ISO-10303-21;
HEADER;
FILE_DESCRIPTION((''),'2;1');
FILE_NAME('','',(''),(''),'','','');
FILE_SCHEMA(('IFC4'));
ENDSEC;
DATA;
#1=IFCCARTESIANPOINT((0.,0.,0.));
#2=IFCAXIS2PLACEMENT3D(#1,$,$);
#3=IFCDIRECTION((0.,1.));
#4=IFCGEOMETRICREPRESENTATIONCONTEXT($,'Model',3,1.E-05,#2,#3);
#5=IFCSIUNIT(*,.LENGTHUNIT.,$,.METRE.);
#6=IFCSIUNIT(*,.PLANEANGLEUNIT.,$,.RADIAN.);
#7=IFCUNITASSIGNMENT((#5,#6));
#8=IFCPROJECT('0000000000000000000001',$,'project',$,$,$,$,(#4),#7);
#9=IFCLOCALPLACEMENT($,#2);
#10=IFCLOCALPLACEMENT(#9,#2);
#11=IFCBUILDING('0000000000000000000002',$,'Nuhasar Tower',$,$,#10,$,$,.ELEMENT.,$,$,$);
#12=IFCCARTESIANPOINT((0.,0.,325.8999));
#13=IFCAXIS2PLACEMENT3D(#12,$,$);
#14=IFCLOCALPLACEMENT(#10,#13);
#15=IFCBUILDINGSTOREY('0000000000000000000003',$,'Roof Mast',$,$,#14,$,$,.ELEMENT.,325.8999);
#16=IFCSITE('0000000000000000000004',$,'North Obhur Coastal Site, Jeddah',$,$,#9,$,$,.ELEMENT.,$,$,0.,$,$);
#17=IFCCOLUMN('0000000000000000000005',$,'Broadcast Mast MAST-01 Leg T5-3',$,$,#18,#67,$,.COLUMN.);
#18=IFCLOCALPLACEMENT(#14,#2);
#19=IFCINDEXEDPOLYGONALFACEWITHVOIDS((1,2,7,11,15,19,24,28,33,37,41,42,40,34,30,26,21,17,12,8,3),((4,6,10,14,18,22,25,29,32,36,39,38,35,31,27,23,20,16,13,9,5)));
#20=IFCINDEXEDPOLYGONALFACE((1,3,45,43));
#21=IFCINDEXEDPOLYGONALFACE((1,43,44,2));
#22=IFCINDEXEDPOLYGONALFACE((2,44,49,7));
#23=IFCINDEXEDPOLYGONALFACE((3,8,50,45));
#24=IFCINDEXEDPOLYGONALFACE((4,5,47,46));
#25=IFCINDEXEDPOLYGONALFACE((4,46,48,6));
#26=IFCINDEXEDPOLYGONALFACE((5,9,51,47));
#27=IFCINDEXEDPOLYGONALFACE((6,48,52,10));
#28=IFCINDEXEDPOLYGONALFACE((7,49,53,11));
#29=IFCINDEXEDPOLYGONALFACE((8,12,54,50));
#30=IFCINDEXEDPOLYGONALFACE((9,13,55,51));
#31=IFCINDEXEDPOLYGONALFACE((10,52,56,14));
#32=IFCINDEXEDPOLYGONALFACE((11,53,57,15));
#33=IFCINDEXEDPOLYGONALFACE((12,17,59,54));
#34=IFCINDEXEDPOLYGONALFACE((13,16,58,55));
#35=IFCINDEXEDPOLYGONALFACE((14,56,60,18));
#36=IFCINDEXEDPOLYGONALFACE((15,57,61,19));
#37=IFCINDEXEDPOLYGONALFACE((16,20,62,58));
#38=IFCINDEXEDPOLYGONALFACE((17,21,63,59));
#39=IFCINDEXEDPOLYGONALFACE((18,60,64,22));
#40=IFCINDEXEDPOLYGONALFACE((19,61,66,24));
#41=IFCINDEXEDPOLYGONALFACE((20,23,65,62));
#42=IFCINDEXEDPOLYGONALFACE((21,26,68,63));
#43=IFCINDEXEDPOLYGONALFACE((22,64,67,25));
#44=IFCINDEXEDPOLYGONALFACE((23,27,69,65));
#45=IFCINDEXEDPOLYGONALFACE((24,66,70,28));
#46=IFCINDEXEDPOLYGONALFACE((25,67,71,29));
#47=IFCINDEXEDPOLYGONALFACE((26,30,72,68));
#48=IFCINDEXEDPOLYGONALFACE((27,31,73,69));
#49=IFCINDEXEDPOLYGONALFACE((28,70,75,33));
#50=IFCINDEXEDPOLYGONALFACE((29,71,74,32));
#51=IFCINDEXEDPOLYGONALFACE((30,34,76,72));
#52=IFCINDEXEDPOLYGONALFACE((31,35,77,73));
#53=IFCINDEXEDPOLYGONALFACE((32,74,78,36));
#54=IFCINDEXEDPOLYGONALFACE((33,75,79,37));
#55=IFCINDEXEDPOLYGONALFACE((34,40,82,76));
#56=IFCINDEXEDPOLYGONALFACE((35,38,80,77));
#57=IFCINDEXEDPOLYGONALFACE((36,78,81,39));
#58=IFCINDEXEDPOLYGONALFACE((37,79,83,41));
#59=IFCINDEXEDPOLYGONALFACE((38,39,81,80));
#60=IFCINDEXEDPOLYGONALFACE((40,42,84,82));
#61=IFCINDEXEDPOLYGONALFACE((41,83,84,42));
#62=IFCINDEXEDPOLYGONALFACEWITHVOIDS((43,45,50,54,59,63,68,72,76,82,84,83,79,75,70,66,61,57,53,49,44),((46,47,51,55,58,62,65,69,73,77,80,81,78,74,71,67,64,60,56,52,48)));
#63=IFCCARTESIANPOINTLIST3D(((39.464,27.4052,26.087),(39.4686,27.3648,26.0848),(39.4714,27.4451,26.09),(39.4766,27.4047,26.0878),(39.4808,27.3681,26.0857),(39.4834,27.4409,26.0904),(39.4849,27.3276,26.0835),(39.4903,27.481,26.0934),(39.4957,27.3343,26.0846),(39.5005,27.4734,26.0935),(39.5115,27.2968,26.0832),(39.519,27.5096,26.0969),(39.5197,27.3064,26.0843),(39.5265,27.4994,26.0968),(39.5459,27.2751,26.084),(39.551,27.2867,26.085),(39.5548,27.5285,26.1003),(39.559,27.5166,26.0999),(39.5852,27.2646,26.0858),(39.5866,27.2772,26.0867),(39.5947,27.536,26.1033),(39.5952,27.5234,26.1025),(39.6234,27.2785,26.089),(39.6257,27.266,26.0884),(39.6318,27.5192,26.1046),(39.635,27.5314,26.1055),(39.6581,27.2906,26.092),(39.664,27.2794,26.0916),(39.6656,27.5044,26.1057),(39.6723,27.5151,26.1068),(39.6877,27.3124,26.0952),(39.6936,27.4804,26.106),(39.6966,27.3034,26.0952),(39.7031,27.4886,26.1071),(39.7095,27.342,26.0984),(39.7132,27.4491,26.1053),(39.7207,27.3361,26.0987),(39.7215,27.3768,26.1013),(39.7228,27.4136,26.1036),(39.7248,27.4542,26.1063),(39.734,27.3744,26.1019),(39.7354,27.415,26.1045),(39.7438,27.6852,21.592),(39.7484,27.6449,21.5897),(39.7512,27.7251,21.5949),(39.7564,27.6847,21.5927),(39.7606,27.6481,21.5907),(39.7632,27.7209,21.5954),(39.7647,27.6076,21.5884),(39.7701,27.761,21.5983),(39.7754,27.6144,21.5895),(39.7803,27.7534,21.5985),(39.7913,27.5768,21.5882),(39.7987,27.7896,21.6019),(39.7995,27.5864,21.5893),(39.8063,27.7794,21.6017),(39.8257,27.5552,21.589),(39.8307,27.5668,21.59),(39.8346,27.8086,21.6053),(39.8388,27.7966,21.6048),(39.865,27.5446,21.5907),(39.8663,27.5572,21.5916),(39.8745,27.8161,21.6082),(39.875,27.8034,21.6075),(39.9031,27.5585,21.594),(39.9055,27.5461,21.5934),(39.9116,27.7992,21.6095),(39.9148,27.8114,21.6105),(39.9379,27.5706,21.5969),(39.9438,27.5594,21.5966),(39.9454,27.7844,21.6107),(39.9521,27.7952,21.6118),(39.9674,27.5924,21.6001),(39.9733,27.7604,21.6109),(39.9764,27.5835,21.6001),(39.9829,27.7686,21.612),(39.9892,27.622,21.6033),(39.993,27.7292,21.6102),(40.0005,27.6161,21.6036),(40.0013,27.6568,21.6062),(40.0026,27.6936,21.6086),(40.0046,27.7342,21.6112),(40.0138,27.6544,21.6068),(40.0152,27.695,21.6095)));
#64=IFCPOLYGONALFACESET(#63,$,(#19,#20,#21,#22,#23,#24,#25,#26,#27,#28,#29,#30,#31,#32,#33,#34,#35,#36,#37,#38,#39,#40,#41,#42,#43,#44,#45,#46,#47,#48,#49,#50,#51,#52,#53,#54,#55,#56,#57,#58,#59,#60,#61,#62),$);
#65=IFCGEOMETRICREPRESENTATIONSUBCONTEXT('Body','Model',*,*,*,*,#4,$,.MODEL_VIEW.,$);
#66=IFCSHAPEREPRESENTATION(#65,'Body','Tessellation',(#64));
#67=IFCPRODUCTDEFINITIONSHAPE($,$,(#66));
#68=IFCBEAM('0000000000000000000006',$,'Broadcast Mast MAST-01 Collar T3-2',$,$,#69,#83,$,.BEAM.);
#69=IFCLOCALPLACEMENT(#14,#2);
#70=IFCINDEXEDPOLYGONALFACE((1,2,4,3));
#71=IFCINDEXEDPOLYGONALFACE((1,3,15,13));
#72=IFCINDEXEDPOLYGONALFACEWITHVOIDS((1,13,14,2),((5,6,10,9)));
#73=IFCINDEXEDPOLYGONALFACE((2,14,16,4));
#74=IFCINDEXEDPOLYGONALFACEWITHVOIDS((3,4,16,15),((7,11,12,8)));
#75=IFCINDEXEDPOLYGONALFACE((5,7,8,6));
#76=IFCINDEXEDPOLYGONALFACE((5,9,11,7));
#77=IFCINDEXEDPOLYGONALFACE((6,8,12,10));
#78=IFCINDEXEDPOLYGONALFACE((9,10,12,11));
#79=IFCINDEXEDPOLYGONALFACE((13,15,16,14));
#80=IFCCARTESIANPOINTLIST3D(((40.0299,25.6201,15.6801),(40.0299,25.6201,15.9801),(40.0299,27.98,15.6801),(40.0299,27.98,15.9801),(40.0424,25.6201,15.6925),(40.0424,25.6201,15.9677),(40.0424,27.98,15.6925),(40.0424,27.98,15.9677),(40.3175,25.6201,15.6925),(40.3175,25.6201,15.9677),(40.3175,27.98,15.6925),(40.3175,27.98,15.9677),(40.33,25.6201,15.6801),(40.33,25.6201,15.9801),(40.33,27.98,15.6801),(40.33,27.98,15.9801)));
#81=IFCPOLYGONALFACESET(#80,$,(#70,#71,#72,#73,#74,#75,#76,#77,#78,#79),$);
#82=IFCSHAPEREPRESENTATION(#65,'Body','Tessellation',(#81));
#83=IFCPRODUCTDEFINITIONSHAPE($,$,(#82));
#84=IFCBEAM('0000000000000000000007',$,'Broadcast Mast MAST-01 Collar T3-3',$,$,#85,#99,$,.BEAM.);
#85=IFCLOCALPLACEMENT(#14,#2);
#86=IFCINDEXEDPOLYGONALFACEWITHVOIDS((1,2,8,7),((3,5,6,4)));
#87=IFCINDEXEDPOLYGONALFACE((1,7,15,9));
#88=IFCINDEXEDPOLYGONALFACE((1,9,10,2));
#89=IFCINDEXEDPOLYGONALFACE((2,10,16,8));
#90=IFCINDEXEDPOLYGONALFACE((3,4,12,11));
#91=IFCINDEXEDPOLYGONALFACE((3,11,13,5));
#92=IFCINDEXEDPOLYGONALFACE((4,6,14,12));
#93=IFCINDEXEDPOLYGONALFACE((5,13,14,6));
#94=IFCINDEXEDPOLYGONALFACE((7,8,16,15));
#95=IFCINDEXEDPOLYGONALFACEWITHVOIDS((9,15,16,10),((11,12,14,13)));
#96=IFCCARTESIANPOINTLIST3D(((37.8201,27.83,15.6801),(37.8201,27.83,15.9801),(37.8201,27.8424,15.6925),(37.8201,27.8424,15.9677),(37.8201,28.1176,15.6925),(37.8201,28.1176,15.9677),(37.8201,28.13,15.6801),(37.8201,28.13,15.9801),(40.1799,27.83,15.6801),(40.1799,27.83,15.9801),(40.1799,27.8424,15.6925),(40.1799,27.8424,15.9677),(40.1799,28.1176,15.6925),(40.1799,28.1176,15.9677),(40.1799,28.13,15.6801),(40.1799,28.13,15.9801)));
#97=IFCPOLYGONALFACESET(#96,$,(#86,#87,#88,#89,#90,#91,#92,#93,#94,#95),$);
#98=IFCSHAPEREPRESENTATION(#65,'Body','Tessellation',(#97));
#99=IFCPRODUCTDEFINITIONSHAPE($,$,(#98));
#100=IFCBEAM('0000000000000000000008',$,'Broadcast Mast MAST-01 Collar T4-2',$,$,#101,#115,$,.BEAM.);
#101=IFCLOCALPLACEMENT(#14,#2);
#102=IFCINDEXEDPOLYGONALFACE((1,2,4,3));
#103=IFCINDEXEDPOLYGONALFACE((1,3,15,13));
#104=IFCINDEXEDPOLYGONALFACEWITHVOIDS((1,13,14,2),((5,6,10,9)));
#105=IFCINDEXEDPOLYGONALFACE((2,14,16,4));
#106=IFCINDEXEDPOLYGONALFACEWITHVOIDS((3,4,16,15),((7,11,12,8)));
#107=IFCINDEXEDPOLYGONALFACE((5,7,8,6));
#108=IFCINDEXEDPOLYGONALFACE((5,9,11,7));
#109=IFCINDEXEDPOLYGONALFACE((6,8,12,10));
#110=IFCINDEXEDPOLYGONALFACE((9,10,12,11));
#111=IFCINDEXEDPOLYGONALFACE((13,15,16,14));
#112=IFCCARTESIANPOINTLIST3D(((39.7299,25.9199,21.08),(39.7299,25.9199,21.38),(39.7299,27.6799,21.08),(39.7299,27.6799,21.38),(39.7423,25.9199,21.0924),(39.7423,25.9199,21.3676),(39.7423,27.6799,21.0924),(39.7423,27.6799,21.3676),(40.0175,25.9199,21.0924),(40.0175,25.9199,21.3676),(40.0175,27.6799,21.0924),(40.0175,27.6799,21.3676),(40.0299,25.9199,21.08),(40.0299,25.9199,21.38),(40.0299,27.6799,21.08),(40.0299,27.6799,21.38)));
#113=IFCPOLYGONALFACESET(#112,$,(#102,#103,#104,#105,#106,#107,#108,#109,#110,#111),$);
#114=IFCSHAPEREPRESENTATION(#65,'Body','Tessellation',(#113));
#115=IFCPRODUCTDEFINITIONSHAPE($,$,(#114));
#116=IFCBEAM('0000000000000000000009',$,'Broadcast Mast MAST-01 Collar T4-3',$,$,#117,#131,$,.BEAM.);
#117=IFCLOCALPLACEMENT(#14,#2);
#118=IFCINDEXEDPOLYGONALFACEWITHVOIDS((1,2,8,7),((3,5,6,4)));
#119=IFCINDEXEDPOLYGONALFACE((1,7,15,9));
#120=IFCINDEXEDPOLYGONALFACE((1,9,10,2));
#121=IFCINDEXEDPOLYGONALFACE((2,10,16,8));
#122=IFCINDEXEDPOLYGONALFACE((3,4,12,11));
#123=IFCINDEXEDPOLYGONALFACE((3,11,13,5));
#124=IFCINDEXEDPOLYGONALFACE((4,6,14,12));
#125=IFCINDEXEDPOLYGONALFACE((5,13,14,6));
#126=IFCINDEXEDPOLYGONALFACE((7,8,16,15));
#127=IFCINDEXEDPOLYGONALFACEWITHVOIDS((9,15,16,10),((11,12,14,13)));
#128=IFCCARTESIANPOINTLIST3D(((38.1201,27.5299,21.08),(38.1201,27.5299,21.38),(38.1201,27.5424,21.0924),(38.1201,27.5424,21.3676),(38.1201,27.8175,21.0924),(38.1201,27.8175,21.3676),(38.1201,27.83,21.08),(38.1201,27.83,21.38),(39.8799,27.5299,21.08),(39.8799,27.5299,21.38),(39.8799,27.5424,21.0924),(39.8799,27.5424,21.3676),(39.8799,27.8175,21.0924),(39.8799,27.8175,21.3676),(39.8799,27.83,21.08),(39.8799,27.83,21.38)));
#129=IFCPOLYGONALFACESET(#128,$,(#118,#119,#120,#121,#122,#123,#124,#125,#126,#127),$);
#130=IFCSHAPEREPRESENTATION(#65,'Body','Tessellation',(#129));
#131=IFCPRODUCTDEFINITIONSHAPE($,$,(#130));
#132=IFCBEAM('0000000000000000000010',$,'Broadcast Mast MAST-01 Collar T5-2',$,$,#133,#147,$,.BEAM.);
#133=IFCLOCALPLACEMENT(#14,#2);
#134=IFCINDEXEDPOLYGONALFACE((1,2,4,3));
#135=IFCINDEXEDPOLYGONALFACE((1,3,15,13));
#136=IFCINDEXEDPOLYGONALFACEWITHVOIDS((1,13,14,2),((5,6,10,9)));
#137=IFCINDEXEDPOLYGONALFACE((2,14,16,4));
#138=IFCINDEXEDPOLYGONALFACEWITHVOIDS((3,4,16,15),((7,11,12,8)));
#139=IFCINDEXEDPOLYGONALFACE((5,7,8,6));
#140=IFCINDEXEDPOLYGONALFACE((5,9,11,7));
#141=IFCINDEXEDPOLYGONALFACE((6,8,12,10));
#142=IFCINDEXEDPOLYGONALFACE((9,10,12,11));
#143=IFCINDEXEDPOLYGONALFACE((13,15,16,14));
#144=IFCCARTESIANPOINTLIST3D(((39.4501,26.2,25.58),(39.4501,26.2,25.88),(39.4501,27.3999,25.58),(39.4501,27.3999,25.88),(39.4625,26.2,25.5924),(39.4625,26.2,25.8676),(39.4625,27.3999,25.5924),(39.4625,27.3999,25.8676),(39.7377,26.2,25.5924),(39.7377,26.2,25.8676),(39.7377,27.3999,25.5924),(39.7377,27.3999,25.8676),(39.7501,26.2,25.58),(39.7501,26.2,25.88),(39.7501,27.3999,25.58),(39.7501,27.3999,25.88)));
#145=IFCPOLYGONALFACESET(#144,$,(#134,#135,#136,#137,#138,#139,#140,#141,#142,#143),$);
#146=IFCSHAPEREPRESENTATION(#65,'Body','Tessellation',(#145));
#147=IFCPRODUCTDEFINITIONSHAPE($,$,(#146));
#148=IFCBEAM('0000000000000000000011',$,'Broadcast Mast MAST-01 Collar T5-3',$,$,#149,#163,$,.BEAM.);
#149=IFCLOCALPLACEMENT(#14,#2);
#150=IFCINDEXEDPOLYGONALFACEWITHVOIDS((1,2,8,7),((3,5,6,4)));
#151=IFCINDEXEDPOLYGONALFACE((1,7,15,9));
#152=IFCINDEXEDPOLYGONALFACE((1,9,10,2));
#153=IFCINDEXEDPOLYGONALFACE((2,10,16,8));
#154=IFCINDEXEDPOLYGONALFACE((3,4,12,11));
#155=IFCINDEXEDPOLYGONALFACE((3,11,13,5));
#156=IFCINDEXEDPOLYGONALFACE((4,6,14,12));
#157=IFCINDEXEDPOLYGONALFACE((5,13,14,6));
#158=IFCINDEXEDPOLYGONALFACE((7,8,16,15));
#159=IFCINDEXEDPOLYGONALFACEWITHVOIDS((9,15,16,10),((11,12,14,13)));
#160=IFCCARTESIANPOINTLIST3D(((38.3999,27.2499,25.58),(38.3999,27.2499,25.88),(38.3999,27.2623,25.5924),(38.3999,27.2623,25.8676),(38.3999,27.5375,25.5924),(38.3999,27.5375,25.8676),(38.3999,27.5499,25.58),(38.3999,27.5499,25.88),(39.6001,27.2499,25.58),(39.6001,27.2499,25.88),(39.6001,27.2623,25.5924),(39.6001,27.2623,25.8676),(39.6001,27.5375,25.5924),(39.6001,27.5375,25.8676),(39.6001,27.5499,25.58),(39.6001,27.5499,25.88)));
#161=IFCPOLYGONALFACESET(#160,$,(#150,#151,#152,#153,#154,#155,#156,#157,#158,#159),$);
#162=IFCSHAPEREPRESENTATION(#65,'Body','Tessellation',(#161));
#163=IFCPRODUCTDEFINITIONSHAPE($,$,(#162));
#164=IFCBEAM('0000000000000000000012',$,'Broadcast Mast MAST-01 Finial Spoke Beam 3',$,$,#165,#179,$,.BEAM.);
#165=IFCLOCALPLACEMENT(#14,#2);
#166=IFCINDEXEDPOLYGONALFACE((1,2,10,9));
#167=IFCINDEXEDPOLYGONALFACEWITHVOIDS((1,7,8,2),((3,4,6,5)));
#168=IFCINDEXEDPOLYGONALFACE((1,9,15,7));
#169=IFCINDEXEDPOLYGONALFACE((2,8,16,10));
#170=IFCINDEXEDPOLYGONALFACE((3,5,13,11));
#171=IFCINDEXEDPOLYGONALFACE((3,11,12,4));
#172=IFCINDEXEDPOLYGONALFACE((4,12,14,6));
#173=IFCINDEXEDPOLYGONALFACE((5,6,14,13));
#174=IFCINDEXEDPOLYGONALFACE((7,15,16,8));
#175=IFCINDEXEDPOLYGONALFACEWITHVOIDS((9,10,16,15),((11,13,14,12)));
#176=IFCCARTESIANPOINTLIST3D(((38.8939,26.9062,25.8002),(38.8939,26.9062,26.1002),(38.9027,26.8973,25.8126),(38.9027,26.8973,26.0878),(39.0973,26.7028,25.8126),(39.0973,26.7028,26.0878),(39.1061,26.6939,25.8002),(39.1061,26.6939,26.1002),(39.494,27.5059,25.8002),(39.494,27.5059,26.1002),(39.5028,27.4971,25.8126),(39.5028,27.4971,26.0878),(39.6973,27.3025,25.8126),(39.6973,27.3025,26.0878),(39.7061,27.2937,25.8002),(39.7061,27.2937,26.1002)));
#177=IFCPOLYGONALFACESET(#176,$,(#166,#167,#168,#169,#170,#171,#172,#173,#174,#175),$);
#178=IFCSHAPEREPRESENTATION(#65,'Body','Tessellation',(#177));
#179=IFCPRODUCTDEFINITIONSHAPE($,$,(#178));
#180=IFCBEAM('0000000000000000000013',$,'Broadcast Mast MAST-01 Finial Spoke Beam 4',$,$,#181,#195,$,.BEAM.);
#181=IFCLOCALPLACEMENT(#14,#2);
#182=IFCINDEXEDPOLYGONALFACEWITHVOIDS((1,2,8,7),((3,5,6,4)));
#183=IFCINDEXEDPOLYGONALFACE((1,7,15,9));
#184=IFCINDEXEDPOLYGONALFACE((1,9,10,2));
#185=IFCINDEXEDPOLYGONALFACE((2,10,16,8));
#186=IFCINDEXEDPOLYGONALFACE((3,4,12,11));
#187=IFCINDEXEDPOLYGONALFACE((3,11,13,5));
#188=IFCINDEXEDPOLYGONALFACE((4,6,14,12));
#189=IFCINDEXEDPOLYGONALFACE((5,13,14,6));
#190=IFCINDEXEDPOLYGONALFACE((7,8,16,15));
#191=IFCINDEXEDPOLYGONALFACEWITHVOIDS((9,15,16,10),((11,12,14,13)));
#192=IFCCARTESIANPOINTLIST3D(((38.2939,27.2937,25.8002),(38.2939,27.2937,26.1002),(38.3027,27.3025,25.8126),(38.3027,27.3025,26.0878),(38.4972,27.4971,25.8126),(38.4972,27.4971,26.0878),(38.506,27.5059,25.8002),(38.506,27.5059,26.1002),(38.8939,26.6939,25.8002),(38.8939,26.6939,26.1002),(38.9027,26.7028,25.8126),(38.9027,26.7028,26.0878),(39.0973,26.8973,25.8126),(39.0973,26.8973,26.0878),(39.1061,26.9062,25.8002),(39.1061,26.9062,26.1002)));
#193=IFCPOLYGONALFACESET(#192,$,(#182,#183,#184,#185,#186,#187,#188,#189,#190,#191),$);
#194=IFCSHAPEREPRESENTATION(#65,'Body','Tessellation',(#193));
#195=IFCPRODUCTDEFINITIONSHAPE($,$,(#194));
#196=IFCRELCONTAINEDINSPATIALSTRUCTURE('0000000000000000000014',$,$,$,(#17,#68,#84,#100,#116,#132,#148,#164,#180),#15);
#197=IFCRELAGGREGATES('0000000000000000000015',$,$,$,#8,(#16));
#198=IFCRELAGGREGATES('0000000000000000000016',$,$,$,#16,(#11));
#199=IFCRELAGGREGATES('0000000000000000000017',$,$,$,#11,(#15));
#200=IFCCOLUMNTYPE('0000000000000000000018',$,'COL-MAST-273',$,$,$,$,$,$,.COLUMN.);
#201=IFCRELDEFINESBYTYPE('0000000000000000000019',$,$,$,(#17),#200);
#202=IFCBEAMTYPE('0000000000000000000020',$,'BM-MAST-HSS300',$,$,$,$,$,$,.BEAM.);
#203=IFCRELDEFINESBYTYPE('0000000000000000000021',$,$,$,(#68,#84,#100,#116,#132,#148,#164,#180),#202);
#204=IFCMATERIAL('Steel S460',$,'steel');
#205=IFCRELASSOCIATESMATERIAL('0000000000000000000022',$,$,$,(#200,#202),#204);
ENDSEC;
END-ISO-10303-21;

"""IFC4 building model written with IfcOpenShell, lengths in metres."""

from ifc_helpers import new_model, si_unit, direction, frame, origin, origin_2d, place, context, subcontext, project, spatial, hollow_rectangle, hollow_circle, extrude, material, material_profile, profile_set, type_object, element, save


model = new_model("IFC4")

# Units and contexts
model_context = context("Model", 3, precision=1e-05, world=origin(), true_north=direction((0.0, 1.0)))
body_context = subcontext(model_context, "Body", "Model", "MODEL_VIEW")
ifc_project = project(units=[si_unit("LENGTHUNIT", "METRE"), si_unit("PLANEANGLEUNIT", "RADIAN")], contexts=[model_context])

# Site, building, storey
site_placement = place(None, origin())
site = spatial("IfcSite", under=ifc_project, at=site_placement, Name="North Obhur Coastal Site, Jeddah", CompositionType="ELEMENT", RefElevation=0.0)
building_placement = place(site_placement, origin())
building = spatial("IfcBuilding", under=site, at=building_placement, Name="Nuhasar Tower", CompositionType="ELEMENT")
storey_placement = place(building_placement, frame((0.0, 0.0, 325.8999)))
storey = spatial("IfcBuildingStorey", under=building, at=storey_placement, Name="Roof Mast", CompositionType="ELEMENT", Elevation=325.8999)

# Column
ifc_material = material(Name="Steel S460", Category="steel")
ifc_material_profile_1 = material_profile(ifc_material, hollow_circle(Radius=0.1365, WallThickness=0.0127, at=origin_2d()), Name="HSS273.1X12.7")
ifc_profile_set_1 = profile_set([ifc_material_profile_1], Name="Steel S460")
column_type = type_object("IfcColumnType", Name="COL-MAST-273", PredefinedType="COLUMN", material=ifc_profile_set_1)
for number, where, z_axis, x_axis, name in (
    (1, (39.8799, 27.6799, 21.6001), (-0.062002, -0.062056, 0.996145), (0.707415, -0.706798, 0.0), "Broadcast Mast MAST-01 Leg T5-3"),
):
    element("IfcColumn", number, at=place(storey_placement, frame(where, z_axis=z_axis, x_axis=x_axis)), inside=storey, type_object=column_type, Name=name, PredefinedType="COLUMN", context=body_context, shape_type="SweptSolid", body=[
        extrude(hollow_circle(Radius=0.1365, WallThickness=0.0127, at=origin_2d()), origin(), (0.0, 0.0, 1.0), 4.5125),
    ])

# Beams
ifc_material_profile_2 = material_profile(ifc_material, hollow_rectangle(XDim=0.3, YDim=0.3, WallThickness=0.0125, at=origin_2d()), Name="HSS300X300X12.5")
ifc_profile_set_2 = profile_set([ifc_material_profile_2], Name="Steel S460")
beam_type = type_object("IfcBeamType", Name="BM-MAST-HSS300", PredefinedType="BEAM", material=ifc_profile_set_2)
for number, where, z_axis, x_axis, name in (
    (2, (40.1799, 25.6201, 15.8301), (0.0, 1.0, 0.0), (-1.0, 0.0, 0.0), "Broadcast Mast MAST-01 Collar T3-2"),
    (3, (40.1799, 27.98, 15.8301), (-1.0, 0.0, 0.0), (0.0, -1.0, 0.0), "Broadcast Mast MAST-01 Collar T3-3"),
):
    element("IfcBeam", number, at=place(storey_placement, frame(where, z_axis=z_axis, x_axis=x_axis)), inside=storey, type_object=beam_type, Name=name, PredefinedType="BEAM", context=body_context, shape_type="SweptSolid", body=[
        extrude(hollow_rectangle(XDim=0.3, YDim=0.3, WallThickness=0.0125, at=origin_2d()), origin(), (0.0, 0.0, 1.0), 2.3599),
    ])
beam_1_placement = place(storey_placement, frame((39.8799, 25.9199, 21.23), z_axis=(0.0, 1.0, 0.0), x_axis=(-1.0, 0.0, 0.0)))
element("IfcBeam", 4, at=beam_1_placement, inside=storey, type_object=beam_type, Name="Broadcast Mast MAST-01 Collar T4-2", PredefinedType="BEAM", context=body_context, shape_type="SweptSolid", body=[
    extrude(hollow_rectangle(XDim=0.3, YDim=0.3, WallThickness=0.0125, at=origin_2d()), origin(), (0.0, 0.0, 1.0), 1.76),
])
beam_2_placement = place(storey_placement, frame((39.8799, 27.6799, 21.23), z_axis=(-1.0, 0.0, 0.0), x_axis=(0.0, -1.0, 0.0)))
element("IfcBeam", 5, at=beam_2_placement, inside=storey, type_object=beam_type, Name="Broadcast Mast MAST-01 Collar T4-3", PredefinedType="BEAM", context=body_context, shape_type="SweptSolid", body=[
    extrude(hollow_rectangle(XDim=0.3, YDim=0.3, WallThickness=0.0125, at=origin_2d()), origin(), (0.0, 0.0, 1.0), 1.7598),
])
beam_3_placement = place(storey_placement, frame((39.6001, 26.2, 25.73), z_axis=(0.0, 1.0, 0.0), x_axis=(-1.0, 0.0, 0.0)))
element("IfcBeam", 6, at=beam_3_placement, inside=storey, type_object=beam_type, Name="Broadcast Mast MAST-01 Collar T5-2", PredefinedType="BEAM", context=body_context, shape_type="SweptSolid", body=[
    extrude(hollow_rectangle(XDim=0.3, YDim=0.3, WallThickness=0.0125, at=origin_2d()), origin(), (0.0, 0.0, 1.0), 1.2),
])
beam_4_placement = place(storey_placement, frame((39.6001, 27.3999, 25.73), z_axis=(-1.0, 0.0, 0.0), x_axis=(0.0, -1.0, 0.0)))
element("IfcBeam", 7, at=beam_4_placement, inside=storey, type_object=beam_type, Name="Broadcast Mast MAST-01 Collar T5-3", PredefinedType="BEAM", context=body_context, shape_type="SweptSolid", body=[
    extrude(hollow_rectangle(XDim=0.3, YDim=0.3, WallThickness=0.0125, at=origin_2d()), origin(), (0.0, 0.0, 1.0), 1.2002),
])
for number, where, z_axis, x_axis, name in (
    (8, (39.0, 26.8, 25.9502), (0.707251, 0.706963, 0.0), (-0.706963, 0.707251, 0.0), "Broadcast Mast MAST-01 Finial Spoke Beam 3"),
    (9, (39.0, 26.8, 25.9502), (-0.707251, 0.706963, 0.0), (-0.706963, -0.707251, 0.0), "Broadcast Mast MAST-01 Finial Spoke Beam 4"),
):
    element("IfcBeam", number, at=place(storey_placement, frame(where, z_axis=z_axis, x_axis=x_axis)), inside=storey, type_object=beam_type, Name=name, PredefinedType="BEAM", context=body_context, shape_type="SweptSolid", body=[
        extrude(hollow_rectangle(XDim=0.3, YDim=0.3, WallThickness=0.0125, at=origin_2d()), origin(), (0.0, 0.0, 1.0), 0.8484),
    ])

save(model, "model.ifc")
